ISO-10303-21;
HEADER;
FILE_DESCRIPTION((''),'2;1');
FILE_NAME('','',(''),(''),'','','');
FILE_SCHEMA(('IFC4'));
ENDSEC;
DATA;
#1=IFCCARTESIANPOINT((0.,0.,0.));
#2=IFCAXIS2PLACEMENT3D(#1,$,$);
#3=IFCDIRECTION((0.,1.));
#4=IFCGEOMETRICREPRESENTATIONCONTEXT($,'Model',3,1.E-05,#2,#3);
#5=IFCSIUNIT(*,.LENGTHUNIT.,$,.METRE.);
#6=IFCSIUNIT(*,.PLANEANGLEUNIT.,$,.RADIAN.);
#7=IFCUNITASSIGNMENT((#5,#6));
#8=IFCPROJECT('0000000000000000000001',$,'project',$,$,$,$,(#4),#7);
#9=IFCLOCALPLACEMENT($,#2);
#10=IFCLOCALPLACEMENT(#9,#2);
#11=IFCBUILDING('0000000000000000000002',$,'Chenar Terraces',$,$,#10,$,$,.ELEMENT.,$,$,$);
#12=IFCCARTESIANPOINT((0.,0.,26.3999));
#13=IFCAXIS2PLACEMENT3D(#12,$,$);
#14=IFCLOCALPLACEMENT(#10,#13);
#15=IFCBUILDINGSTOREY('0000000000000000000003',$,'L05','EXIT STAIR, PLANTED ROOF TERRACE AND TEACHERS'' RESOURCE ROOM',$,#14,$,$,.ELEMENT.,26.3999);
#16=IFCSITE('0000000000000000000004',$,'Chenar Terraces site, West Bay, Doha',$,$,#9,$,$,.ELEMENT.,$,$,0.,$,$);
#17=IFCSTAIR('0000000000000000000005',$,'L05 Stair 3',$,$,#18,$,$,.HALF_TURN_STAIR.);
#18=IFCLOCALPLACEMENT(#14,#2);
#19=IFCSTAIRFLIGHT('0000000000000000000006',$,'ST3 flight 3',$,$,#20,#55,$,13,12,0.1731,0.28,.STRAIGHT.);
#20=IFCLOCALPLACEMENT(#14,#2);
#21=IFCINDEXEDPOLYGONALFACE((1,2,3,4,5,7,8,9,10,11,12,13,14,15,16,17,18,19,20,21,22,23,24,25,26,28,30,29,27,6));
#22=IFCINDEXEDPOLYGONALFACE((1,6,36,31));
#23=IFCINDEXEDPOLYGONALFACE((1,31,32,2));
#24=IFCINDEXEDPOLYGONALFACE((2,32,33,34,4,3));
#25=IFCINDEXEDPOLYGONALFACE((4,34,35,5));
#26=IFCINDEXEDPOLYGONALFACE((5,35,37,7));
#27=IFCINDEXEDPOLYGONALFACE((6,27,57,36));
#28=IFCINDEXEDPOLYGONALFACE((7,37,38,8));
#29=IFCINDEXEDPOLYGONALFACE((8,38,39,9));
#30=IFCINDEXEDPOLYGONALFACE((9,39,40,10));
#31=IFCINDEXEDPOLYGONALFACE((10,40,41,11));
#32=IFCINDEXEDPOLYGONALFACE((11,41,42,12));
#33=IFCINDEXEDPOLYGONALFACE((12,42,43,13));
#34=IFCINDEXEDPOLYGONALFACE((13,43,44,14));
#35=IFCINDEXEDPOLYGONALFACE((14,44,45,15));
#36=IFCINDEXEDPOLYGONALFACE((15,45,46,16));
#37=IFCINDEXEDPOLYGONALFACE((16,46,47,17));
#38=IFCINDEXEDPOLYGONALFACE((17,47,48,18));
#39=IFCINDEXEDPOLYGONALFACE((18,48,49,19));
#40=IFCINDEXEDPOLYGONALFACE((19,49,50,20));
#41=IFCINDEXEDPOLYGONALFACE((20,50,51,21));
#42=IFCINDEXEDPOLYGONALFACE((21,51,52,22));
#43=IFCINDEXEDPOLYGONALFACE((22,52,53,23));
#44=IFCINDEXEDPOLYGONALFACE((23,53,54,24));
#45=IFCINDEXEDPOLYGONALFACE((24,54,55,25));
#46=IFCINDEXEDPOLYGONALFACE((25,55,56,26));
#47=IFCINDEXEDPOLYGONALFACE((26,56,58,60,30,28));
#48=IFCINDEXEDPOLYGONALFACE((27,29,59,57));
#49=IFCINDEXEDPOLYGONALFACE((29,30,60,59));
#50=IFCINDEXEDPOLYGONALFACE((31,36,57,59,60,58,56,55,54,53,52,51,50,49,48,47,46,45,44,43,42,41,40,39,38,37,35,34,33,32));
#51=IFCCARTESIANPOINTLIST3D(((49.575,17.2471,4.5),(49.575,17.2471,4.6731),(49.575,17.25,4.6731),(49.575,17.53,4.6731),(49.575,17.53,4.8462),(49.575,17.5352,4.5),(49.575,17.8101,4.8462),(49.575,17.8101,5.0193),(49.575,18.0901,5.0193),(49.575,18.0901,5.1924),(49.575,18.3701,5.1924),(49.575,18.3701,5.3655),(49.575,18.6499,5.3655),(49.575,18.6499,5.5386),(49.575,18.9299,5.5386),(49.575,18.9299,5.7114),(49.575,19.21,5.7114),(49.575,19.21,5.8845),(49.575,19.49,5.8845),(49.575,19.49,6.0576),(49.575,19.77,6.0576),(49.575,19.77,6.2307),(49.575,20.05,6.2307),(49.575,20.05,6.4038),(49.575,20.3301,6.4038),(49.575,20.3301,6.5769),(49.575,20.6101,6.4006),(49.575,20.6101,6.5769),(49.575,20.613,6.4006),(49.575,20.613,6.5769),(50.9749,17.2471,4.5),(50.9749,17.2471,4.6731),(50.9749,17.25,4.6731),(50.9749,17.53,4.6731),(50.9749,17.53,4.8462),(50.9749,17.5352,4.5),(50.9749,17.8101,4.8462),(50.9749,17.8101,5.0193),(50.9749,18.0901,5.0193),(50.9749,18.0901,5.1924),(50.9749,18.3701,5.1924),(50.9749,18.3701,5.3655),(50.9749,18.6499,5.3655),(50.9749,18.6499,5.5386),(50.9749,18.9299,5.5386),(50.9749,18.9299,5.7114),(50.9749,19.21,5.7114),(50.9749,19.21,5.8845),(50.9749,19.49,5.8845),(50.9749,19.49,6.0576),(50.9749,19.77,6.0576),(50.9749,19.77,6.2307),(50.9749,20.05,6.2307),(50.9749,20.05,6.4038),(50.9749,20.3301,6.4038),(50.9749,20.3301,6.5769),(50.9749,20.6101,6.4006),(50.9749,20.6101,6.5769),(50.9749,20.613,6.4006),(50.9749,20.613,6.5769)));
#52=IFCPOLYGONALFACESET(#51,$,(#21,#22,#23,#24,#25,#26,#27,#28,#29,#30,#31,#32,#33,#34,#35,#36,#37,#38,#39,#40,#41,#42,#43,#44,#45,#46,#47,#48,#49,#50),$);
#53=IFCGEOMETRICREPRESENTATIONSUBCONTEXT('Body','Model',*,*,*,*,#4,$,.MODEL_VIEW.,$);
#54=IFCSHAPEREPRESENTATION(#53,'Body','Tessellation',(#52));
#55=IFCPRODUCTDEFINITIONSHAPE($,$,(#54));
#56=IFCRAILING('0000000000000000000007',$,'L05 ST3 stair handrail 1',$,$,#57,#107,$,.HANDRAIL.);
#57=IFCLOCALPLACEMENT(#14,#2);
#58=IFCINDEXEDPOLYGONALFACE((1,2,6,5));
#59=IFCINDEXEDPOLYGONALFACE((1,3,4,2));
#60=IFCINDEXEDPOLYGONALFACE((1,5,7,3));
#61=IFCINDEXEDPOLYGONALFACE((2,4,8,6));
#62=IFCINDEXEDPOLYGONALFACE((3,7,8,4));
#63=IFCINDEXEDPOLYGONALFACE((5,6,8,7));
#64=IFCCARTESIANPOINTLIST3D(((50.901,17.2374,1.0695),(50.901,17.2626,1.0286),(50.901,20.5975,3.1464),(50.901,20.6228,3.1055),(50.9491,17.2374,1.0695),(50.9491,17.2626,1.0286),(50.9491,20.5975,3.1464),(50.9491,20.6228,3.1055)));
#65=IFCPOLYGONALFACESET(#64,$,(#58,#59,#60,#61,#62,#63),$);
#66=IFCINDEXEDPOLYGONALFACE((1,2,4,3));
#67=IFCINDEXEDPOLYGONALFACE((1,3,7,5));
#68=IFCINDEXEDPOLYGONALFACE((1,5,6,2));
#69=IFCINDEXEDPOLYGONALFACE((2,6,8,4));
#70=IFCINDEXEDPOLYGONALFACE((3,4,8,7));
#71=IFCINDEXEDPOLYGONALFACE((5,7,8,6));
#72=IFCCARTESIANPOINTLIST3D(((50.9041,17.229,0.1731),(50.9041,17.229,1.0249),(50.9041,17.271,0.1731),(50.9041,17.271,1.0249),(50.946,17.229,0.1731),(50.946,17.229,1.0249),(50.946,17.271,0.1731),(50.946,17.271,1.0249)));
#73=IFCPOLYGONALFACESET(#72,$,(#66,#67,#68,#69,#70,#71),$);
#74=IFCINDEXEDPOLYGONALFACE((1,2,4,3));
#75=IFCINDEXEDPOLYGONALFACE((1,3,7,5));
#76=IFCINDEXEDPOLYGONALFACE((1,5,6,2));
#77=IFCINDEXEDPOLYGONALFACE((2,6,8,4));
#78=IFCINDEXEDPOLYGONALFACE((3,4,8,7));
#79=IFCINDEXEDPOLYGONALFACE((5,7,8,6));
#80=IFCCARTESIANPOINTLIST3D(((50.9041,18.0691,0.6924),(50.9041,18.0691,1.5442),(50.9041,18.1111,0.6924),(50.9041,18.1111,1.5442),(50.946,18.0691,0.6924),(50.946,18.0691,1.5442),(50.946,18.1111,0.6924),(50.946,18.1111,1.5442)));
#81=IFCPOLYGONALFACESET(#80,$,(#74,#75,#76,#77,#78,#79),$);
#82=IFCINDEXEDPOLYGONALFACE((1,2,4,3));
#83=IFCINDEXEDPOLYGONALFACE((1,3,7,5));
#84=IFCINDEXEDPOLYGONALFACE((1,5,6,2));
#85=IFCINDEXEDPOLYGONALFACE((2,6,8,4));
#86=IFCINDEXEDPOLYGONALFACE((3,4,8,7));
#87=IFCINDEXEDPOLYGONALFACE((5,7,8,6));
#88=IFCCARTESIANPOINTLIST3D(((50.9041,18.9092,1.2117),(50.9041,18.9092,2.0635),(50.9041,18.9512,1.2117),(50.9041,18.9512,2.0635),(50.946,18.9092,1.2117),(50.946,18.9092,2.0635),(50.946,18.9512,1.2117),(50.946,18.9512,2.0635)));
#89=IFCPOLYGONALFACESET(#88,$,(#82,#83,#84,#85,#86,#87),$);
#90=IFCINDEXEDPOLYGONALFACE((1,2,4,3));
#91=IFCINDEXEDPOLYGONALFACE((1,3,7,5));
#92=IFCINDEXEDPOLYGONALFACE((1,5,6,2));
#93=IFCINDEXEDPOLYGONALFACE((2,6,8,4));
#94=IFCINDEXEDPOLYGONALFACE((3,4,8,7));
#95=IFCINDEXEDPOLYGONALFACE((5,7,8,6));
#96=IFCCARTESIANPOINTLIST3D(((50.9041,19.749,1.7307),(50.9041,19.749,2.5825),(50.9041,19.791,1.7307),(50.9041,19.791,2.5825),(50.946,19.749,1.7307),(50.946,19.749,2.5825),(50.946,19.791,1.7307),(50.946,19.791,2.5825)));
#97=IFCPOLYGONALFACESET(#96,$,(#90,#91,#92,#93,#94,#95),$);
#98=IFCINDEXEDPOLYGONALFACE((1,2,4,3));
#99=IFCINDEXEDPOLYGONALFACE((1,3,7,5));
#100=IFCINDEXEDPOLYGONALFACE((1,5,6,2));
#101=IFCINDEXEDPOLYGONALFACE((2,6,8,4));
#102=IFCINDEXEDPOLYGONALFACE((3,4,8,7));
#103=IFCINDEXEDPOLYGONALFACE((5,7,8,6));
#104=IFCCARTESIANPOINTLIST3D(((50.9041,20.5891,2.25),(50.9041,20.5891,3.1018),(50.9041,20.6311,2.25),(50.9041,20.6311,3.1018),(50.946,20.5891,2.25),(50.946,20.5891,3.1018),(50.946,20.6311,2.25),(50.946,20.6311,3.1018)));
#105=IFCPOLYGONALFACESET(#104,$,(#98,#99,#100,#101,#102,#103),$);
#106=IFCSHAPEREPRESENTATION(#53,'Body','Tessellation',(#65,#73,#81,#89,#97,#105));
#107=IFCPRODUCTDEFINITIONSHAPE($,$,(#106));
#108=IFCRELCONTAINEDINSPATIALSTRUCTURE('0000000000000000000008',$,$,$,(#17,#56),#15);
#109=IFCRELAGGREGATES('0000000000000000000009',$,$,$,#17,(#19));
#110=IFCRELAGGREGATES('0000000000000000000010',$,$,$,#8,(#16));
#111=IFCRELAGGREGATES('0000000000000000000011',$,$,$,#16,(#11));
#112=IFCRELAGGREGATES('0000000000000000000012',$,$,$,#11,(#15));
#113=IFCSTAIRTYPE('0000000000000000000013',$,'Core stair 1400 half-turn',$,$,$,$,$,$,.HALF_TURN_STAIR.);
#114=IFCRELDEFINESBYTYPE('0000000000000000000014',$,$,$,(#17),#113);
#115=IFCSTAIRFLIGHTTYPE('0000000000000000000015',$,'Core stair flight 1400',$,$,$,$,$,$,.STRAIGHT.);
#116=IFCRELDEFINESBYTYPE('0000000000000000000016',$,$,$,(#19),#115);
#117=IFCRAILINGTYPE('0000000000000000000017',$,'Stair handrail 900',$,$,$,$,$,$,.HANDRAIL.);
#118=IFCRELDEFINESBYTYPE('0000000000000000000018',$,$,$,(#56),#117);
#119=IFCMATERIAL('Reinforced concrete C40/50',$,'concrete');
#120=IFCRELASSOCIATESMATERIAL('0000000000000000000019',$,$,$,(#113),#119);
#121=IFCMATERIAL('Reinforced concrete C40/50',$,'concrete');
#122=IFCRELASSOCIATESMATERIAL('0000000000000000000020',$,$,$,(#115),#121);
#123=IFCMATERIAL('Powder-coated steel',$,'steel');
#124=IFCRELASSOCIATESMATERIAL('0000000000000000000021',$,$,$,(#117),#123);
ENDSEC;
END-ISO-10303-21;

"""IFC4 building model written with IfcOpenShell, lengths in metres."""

from ifc_helpers import new_model, si_unit, direction, frame, origin, origin_2d, place, context, subcontext, project, spatial, polyline, rectangle, outline, extrude, material, type_object, element, aggregate, save


model = new_model("IFC4")

# Units and contexts
model_context = context("Model", 3, precision=1e-05, world=origin(), true_north=direction((0.0, 1.0)))
body_context = subcontext(model_context, "Body", "Model", "MODEL_VIEW")
ifc_project = project(units=[si_unit("LENGTHUNIT", "METRE"), si_unit("PLANEANGLEUNIT", "RADIAN")], contexts=[model_context])

# Site, building, storey
site_placement = place(None, origin())
site = spatial("IfcSite", under=ifc_project, at=site_placement, Name="Chenar Terraces site, West Bay, Doha", CompositionType="ELEMENT", RefElevation=0.0)
building_placement = place(site_placement, origin())
building = spatial("IfcBuilding", under=site, at=building_placement, Name="Chenar Terraces", CompositionType="ELEMENT")
storey_placement = place(building_placement, frame((0.0, 0.0, 26.3999)))
storey = spatial("IfcBuildingStorey", under=building, at=storey_placement, Name="L05", Description="EXIT STAIR, PLANTED ROOF TERRACE AND TEACHERS' RESOURCE ROOM", CompositionType="ELEMENT", Elevation=26.3999)

# Stair, stair flight
ifc_material_1 = material(Name="Reinforced concrete C40/50", Category="concrete")
stair_type = type_object("IfcStairType", Name="Core stair 1400 half-turn", PredefinedType="HALF_TURN_STAIR", material=ifc_material_1)
stair_placement = place(storey_placement, origin())
stair = element("IfcStair", 1, at=stair_placement, inside=storey, type_object=stair_type, Name="L05 Stair 3", PredefinedType="HALF_TURN_STAIR")
ifc_material_2 = material(Name="Reinforced concrete C40/50", Category="concrete")
stair_flight_type = type_object("IfcStairFlightType", Name="Core stair flight 1400", PredefinedType="STRAIGHT", material=ifc_material_2)
stair_flight_1_placement = place(storey_placement, frame((50.2749, 17.25, 4.5), z_axis=(0.0, 0.0, 1.0), x_axis=(0.0, 1.0, 0.0)))
stair_flight_1 = element("IfcStairFlight", 2, at=stair_flight_1_placement, type_object=stair_flight_type, Name="ST3 flight 3", NumberOfRisers=13, NumberOfTreads=12, PredefinedType="STRAIGHT", RiserHeight=0.1731, TreadLength=0.28, context=body_context, shape_type="SweptSolid", body=[
    extrude(outline(polyline([(-0.0029, 0.0), (-0.0029, 0.1731), (0.0, 0.1731), (0.28, 0.1731), (0.28, 0.3462), (0.5601, 0.3462), (0.5601, 0.5193), (0.8401, 0.5193), (0.8401, 0.6924), (1.1201, 0.6924), (1.1201, 0.8655), (1.3999, 0.8655), (1.3999, 1.0386), (1.6799, 1.0386), (1.6799, 1.2114), (1.96, 1.2114), (1.96, 1.3845), (2.24, 1.3845), (2.24, 1.5576), (2.52, 1.5576), (2.52, 1.7307), (2.8, 1.7307), (2.8, 1.9038), (3.0801, 1.9038), (3.0801, 2.0769), (3.3601, 2.0769), (3.363, 2.0769), (3.363, 1.9006), (3.3601, 1.9006), (0.2852, 0.0), (-0.0029, 0.0)])), frame((0.0, 0.7, 0.0), z_axis=(0.0, -1.0, 0.0), x_axis=(1.0, 0.0, 0.0)), (0.0, 0.0, 1.0), 1.3999),
])
aggregate(stair, [stair_flight_1])

# Railing
ifc_material_3 = material(Name="Powder-coated steel", Category="steel")
railing_type_1 = type_object("IfcRailingType", Name="Stair handrail 900", PredefinedType="HANDRAIL", material=ifc_material_3)
railing_1_placement = place(storey_placement, frame((50.925, 17.25, 0.1731)))
element("IfcRailing", 3, at=railing_1_placement, inside=storey, type_object=railing_type_1, Name="L05 ST3 stair handrail 1", PredefinedType="HANDRAIL", context=body_context, shape_type="SweptSolid", body=[
    extrude(rectangle(XDim=0.0481, YDim=0.0481, at=origin_2d()), frame((0.0, 0.0, 0.876), z_axis=(0.0, 0.850623, 0.525776), x_axis=(-1.0, 0.0, 0.0)), (0.0, 0.0, 1.0), 3.9502),
    extrude(rectangle(XDim=0.042, YDim=0.042, at=origin_2d()), origin(), (0.0, 0.0, 1.0), 0.8518),
    extrude(rectangle(XDim=0.042, YDim=0.042, at=origin_2d()), frame((0.0, 0.8401, 0.5193)), (0.0, 0.0, 1.0), 0.8518),
    extrude(rectangle(XDim=0.042, YDim=0.042, at=origin_2d()), frame((0.0, 1.6802, 1.0386)), (0.0, 0.0, 1.0), 0.8518),
    extrude(rectangle(XDim=0.042, YDim=0.042, at=origin_2d()), frame((0.0, 2.52, 1.5576)), (0.0, 0.0, 1.0), 0.8518),
    extrude(rectangle(XDim=0.042, YDim=0.042, at=origin_2d()), frame((0.0, 3.3601, 2.0769)), (0.0, 0.0, 1.0), 0.8518),
])

save(model, "model.ifc")
